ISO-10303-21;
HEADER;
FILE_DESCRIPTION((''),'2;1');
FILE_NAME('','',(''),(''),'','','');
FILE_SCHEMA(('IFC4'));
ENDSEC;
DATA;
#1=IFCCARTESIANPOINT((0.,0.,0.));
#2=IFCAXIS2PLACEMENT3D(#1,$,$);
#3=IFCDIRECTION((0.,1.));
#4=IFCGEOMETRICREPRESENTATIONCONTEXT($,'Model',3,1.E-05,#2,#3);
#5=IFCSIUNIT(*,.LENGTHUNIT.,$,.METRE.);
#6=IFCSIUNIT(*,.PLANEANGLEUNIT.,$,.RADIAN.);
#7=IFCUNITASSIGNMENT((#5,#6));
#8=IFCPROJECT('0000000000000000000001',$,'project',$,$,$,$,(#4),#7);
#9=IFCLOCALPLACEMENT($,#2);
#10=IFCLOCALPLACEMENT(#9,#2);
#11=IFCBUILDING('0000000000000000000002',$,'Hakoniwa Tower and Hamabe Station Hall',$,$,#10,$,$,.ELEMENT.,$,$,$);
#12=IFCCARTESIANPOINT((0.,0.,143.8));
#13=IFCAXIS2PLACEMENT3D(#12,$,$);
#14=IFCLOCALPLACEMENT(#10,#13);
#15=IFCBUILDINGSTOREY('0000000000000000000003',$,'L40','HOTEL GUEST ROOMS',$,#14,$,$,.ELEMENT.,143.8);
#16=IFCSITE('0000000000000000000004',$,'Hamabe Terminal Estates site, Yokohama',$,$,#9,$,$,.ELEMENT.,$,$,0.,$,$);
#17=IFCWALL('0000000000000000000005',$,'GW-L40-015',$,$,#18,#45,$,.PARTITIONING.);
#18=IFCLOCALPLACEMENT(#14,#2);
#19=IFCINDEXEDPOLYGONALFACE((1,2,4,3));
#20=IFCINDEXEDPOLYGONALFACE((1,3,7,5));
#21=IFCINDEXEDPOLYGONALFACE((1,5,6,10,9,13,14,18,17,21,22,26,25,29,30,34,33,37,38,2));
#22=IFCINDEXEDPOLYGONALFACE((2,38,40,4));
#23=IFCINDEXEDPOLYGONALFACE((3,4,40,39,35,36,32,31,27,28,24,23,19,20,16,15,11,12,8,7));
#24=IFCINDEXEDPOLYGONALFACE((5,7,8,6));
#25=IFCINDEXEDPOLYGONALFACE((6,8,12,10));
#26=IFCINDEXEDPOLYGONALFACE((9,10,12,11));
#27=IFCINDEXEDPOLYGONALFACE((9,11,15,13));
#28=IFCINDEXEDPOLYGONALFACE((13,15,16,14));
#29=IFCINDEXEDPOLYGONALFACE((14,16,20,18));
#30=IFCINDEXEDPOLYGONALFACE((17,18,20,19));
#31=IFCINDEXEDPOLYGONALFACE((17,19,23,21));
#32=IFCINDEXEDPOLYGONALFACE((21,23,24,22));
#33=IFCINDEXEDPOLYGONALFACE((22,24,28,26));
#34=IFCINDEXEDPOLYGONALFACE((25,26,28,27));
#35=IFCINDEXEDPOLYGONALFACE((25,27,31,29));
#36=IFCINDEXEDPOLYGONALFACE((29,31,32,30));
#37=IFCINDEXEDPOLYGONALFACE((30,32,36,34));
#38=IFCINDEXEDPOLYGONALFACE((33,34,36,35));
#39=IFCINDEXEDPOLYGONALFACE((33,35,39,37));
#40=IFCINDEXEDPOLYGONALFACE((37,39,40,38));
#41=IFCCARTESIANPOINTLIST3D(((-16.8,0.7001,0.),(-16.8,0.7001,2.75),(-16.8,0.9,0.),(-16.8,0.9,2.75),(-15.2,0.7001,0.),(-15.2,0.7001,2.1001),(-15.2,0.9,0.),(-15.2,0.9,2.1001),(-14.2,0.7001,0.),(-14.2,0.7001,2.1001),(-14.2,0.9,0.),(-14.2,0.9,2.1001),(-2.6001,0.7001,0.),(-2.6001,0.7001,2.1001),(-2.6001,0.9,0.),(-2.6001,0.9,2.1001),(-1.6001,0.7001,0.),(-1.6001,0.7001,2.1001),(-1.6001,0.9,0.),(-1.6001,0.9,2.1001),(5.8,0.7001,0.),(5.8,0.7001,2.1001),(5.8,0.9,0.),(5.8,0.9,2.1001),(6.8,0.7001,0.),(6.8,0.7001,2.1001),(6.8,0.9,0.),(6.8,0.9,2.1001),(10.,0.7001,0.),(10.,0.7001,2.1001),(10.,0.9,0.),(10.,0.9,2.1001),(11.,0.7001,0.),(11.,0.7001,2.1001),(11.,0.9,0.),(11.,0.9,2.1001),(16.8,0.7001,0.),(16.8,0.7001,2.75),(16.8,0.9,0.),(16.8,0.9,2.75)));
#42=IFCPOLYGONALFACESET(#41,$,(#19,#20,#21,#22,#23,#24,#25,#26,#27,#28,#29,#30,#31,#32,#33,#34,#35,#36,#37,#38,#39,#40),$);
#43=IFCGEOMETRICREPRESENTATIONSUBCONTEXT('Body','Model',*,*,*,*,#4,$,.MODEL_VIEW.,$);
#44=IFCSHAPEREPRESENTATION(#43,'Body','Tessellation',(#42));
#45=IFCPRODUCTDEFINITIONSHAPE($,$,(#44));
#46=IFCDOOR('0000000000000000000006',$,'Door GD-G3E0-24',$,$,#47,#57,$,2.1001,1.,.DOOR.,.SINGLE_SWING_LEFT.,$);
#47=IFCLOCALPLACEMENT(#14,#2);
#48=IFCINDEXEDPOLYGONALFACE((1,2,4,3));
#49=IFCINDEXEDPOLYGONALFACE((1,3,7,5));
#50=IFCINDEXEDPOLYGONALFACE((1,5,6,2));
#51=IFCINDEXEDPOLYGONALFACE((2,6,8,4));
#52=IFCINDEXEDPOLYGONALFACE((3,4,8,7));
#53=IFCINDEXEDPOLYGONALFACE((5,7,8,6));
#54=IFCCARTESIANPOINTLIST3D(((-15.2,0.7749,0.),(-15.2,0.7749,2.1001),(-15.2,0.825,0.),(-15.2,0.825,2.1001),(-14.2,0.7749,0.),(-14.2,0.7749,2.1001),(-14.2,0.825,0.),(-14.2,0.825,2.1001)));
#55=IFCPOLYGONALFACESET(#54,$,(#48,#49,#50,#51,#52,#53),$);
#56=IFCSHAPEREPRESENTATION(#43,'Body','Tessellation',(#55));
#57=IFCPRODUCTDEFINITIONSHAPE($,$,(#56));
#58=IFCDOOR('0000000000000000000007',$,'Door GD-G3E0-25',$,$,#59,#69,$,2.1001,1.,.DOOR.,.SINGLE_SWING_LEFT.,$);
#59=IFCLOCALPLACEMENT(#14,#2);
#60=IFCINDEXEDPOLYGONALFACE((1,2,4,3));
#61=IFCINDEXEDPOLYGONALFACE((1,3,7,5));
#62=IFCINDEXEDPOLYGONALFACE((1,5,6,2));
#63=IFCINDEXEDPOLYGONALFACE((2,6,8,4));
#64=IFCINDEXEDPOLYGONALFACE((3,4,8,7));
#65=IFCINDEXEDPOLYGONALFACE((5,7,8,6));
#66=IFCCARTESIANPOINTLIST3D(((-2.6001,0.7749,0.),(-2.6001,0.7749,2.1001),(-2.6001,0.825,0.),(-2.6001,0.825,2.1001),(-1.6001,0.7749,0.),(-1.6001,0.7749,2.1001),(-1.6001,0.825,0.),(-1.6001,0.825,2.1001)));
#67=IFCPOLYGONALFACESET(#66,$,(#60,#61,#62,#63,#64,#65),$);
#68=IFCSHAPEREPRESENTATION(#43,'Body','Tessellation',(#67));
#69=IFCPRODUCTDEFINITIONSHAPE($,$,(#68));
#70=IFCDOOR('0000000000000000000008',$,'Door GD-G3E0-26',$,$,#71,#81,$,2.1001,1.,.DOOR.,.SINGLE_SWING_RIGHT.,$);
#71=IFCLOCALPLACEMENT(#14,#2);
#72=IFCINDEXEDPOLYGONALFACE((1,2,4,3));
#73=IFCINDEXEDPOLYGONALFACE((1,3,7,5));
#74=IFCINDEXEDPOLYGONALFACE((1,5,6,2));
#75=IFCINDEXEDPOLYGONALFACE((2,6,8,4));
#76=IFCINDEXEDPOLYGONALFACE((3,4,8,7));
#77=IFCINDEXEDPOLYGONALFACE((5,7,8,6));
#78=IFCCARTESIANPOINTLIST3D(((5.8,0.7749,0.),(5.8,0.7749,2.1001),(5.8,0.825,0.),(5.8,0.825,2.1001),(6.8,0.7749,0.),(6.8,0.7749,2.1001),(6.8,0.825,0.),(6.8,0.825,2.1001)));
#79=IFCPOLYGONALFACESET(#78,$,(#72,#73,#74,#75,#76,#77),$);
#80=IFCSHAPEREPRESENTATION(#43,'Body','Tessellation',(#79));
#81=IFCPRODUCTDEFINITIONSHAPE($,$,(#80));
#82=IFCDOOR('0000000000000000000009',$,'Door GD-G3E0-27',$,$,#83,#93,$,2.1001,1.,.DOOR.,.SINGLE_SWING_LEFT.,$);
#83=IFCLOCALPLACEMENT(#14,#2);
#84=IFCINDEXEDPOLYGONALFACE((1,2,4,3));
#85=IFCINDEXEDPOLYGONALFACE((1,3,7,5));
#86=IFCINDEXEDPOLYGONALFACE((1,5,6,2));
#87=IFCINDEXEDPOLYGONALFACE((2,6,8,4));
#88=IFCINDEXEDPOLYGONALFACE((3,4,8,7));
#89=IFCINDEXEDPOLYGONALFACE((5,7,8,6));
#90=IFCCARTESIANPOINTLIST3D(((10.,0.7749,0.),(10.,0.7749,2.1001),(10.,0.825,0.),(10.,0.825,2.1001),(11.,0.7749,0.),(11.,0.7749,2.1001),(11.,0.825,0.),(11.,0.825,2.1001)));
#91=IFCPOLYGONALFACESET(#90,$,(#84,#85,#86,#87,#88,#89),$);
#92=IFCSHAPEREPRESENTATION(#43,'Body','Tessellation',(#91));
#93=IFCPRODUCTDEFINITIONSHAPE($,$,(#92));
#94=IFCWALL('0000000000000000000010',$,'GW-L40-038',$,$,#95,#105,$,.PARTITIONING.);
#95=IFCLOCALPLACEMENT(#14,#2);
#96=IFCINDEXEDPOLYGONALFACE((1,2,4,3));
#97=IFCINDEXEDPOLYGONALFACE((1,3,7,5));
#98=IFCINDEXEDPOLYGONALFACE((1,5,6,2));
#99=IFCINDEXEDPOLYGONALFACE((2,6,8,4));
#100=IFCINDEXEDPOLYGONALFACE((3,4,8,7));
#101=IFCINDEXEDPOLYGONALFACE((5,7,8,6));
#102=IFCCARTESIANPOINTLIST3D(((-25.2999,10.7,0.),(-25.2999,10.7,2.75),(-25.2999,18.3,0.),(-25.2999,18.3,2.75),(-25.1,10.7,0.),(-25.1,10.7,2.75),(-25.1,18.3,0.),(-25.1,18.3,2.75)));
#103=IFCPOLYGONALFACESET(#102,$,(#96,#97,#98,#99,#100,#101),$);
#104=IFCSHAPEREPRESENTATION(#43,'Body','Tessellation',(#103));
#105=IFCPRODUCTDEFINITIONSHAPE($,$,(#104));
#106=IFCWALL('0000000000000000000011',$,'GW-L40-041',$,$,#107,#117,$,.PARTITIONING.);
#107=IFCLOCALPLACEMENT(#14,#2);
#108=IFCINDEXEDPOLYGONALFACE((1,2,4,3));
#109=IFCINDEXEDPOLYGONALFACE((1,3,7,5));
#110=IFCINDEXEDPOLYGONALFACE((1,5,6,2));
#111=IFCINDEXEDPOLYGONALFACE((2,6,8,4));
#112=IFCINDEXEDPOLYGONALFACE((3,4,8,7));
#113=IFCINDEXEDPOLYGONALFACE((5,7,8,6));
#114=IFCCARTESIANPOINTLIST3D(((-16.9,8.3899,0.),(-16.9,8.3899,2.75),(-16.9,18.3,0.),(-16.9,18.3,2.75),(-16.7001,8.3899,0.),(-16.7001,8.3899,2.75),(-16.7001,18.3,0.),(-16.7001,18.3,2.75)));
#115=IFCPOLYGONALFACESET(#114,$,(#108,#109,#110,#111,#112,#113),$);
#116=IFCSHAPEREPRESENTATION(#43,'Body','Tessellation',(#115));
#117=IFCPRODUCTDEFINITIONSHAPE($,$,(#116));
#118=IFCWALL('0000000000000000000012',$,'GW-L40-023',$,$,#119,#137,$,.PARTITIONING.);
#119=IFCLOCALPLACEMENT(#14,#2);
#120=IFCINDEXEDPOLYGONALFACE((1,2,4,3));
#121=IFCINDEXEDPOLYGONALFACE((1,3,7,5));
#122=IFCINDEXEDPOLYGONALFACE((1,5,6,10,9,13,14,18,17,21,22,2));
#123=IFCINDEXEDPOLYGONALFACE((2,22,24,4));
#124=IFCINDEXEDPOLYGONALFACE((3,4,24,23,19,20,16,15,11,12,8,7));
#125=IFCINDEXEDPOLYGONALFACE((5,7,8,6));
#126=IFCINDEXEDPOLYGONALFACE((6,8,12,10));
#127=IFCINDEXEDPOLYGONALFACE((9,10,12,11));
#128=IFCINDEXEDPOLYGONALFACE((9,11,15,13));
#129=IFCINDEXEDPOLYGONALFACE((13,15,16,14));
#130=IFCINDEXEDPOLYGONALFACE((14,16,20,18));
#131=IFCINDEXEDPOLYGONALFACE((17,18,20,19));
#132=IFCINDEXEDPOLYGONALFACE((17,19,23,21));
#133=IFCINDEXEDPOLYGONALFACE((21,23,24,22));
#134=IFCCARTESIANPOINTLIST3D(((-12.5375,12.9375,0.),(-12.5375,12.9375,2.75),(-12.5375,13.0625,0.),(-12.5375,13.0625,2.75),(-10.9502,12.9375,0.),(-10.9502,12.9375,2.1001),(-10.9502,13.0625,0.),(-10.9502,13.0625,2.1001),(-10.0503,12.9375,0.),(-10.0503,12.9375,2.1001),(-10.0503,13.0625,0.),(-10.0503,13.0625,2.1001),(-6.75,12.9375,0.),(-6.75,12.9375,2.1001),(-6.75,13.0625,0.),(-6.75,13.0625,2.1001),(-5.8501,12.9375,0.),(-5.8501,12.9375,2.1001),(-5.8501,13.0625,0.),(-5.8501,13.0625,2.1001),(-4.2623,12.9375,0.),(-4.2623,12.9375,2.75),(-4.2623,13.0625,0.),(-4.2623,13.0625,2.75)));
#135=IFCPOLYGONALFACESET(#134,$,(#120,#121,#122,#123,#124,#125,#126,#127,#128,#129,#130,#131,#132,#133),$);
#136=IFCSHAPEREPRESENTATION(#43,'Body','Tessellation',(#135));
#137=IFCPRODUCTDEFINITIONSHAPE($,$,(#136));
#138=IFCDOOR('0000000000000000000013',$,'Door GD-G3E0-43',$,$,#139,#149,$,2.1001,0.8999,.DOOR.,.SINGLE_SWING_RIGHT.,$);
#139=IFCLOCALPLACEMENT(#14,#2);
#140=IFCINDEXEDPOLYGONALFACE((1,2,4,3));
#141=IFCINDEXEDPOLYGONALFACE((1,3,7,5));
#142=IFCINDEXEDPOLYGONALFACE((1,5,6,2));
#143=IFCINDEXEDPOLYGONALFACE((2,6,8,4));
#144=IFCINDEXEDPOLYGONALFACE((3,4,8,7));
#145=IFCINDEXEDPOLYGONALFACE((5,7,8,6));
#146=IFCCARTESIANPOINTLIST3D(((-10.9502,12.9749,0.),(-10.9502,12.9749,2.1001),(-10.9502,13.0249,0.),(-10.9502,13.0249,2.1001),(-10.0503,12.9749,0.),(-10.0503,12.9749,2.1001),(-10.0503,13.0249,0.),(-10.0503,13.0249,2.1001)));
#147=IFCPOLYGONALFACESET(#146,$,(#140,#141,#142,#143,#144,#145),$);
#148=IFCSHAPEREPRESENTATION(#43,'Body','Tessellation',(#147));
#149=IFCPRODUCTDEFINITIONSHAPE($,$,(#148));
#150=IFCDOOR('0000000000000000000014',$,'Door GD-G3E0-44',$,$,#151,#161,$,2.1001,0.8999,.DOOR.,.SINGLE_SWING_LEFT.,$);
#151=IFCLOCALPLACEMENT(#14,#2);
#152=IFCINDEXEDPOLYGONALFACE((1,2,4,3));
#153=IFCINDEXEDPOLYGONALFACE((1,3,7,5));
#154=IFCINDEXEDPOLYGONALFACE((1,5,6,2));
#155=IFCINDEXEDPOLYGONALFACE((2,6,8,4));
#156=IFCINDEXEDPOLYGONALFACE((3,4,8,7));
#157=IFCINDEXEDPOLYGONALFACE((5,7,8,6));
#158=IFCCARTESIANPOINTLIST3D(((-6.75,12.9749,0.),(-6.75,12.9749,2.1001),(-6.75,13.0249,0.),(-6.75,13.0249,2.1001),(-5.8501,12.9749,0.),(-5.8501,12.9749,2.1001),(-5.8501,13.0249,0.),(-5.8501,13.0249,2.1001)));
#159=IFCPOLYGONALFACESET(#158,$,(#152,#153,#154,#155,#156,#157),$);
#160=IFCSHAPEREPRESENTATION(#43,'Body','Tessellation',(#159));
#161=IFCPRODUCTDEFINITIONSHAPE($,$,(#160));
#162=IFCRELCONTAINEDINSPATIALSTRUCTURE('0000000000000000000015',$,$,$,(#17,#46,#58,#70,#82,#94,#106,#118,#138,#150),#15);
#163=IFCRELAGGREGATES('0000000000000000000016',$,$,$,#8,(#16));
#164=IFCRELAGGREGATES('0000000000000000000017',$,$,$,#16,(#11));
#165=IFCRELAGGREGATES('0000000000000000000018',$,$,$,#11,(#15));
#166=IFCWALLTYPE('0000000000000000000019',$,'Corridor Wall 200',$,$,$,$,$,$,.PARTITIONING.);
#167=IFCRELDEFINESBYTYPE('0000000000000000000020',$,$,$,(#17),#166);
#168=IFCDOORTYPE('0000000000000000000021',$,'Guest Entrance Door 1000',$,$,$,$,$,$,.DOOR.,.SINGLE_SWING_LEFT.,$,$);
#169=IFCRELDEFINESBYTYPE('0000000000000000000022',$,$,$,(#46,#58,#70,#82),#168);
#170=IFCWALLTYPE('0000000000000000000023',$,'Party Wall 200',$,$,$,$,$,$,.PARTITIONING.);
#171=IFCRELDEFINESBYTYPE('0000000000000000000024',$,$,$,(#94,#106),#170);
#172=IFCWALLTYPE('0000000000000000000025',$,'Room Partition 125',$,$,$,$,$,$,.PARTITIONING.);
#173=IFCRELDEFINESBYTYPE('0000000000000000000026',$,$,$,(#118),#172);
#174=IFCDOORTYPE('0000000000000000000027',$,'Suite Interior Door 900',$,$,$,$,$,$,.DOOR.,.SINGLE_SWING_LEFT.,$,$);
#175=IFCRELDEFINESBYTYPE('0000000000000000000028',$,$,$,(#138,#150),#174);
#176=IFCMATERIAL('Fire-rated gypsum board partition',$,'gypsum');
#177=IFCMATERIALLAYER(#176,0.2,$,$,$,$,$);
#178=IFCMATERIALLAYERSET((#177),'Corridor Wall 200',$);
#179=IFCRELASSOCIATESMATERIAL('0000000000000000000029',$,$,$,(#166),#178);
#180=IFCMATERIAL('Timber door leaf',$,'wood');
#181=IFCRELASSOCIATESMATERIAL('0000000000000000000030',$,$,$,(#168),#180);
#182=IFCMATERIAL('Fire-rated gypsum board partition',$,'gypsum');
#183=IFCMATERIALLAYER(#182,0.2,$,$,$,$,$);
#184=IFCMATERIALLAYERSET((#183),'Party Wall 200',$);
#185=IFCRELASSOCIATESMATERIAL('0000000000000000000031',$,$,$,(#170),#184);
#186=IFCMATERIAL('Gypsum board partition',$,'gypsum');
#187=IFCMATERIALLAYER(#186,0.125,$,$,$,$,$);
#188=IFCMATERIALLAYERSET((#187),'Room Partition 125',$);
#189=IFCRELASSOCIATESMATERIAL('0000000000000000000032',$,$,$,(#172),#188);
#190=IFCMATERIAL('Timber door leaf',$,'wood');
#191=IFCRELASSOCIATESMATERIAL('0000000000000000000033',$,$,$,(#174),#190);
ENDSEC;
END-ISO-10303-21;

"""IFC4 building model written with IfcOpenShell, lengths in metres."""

from ifc_helpers import new_model, si_unit, direction, frame, frame_2d, origin, place, context, subcontext, project, spatial, rectangle, extrude, material, layer, layer_set, type_object, element, fill, save


model = new_model("IFC4")

# Units and contexts
model_context = context("Model", 3, precision=1e-05, world=origin(), true_north=direction((0.0, 1.0)))
body_context = subcontext(model_context, "Body", "Model", "MODEL_VIEW")
ifc_project = project(units=[si_unit("LENGTHUNIT", "METRE"), si_unit("PLANEANGLEUNIT", "RADIAN")], contexts=[model_context])

# Site, building, storey
site_placement = place(None, origin())
site = spatial("IfcSite", under=ifc_project, at=site_placement, Name="Hamabe Terminal Estates site, Yokohama", CompositionType="ELEMENT", RefElevation=0.0)
building_placement = place(site_placement, origin())
building = spatial("IfcBuilding", under=site, at=building_placement, Name="Hakoniwa Tower and Hamabe Station Hall", CompositionType="ELEMENT")
storey_placement = place(building_placement, frame((0.0, 0.0, 143.8)))
storey = spatial("IfcBuildingStorey", under=building, at=storey_placement, Name="L40", Description="HOTEL GUEST ROOMS", CompositionType="ELEMENT", Elevation=143.8)

# Wall, openings, doors
ifc_material_1 = material(Name="Fire-rated gypsum board partition", Category="gypsum")
ifc_layer_1 = layer(ifc_material_1, 0.2)
ifc_layer_set_1 = layer_set([ifc_layer_1], Name="Corridor Wall 200")
wall_type_1 = type_object("IfcWallType", Name="Corridor Wall 200", PredefinedType="PARTITIONING", material=ifc_layer_set_1)
wall_1_placement = place(storey_placement, frame((-16.8, 0.8, 0.0), z_axis=(0.0, 0.0, 1.0), x_axis=(1.0, 0.0, 0.0)))
wall_1 = element("IfcWall", 1, at=wall_1_placement, inside=storey, type_object=wall_type_1, Name="GW-L40-015", PredefinedType="PARTITIONING", context=body_context, shape_type="SweptSolid", body=[
    extrude(rectangle(XDim=33.6001, YDim=0.2, at=frame_2d((16.8, 0.0))), origin(), (0.0, 0.0, 1.0), 2.75),
])
opening_1_placement = place(wall_1_placement, frame((1.6001, 0.0, 0.0)))
opening_1 = element("IfcOpeningElement", 2, at=opening_1_placement, cuts=wall_1, PredefinedType="OPENING", context=body_context, shape_type="SweptSolid", body=[
    extrude(rectangle(XDim=1.0, YDim=2.1001, at=frame_2d((0.5, 1.05))), frame((0.0, 0.1099, 0.0), z_axis=(0.0, -1.0, 0.0), x_axis=(1.0, 0.0, 0.0)), (0.0, 0.0, 1.0), 0.22),
])
opening_2_placement = place(wall_1_placement, frame((14.2, 0.0, 0.0)))
opening_2 = element("IfcOpeningElement", 3, at=opening_2_placement, cuts=wall_1, PredefinedType="OPENING", context=body_context, shape_type="SweptSolid", body=[
    extrude(rectangle(XDim=1.0, YDim=2.1001, at=frame_2d((0.5, 1.05))), frame((0.0, 0.1099, 0.0), z_axis=(0.0, -1.0, 0.0), x_axis=(1.0, 0.0, 0.0)), (0.0, 0.0, 1.0), 0.22),
])
opening_3_placement = place(wall_1_placement, frame((22.6001, 0.0, 0.0)))
opening_3 = element("IfcOpeningElement", 4, at=opening_3_placement, cuts=wall_1, PredefinedType="OPENING", context=body_context, shape_type="SweptSolid", body=[
    extrude(rectangle(XDim=1.0, YDim=2.1001, at=frame_2d((0.5, 1.05))), frame((0.0, 0.1099, 0.0), z_axis=(0.0, -1.0, 0.0), x_axis=(1.0, 0.0, 0.0)), (0.0, 0.0, 1.0), 0.22),
])
opening_4_placement = place(wall_1_placement, frame((26.8, 0.0, 0.0)))
opening_4 = element("IfcOpeningElement", 5, at=opening_4_placement, cuts=wall_1, PredefinedType="OPENING", context=body_context, shape_type="SweptSolid", body=[
    extrude(rectangle(XDim=1.0, YDim=2.1001, at=frame_2d((0.5, 1.05))), frame((0.0, 0.1099, 0.0), z_axis=(0.0, -1.0, 0.0), x_axis=(1.0, 0.0, 0.0)), (0.0, 0.0, 1.0), 0.22),
])
ifc_material_2 = material(Name="Timber door leaf", Category="wood")
door_type_1 = type_object("IfcDoorType", Name="Guest Entrance Door 1000", OperationType="SINGLE_SWING_LEFT", PredefinedType="DOOR", material=ifc_material_2)
door_1_placement = place(opening_1_placement, origin())
door_1 = element("IfcDoor", 6, at=door_1_placement, inside=storey, type_object=door_type_1, Name="Door GD-G3E0-24", OperationType="SINGLE_SWING_LEFT", OverallHeight=2.1001, OverallWidth=1.0, PredefinedType="DOOR", context=body_context, shape_type="SweptSolid", body=[
    extrude(rectangle(XDim=1.0, YDim=2.1001, at=frame_2d((0.5, 1.05))), frame((0.0, 0.0249, 0.0), z_axis=(0.0, -1.0, 0.0), x_axis=(1.0, 0.0, 0.0)), (0.0, 0.0, 1.0), 0.05),
])
fill(opening_1, door_1)
door_2_placement = place(opening_2_placement, origin())
door_2 = element("IfcDoor", 7, at=door_2_placement, inside=storey, type_object=door_type_1, Name="Door GD-G3E0-25", OperationType="SINGLE_SWING_LEFT", OverallHeight=2.1001, OverallWidth=1.0, PredefinedType="DOOR", context=body_context, shape_type="SweptSolid", body=[
    extrude(rectangle(XDim=1.0, YDim=2.1001, at=frame_2d((0.5, 1.05))), frame((0.0, 0.0249, 0.0), z_axis=(0.0, -1.0, 0.0), x_axis=(1.0, 0.0, 0.0)), (0.0, 0.0, 1.0), 0.05),
])
fill(opening_2, door_2)
door_3_placement = place(opening_3_placement, origin())
door_3 = element("IfcDoor", 8, at=door_3_placement, inside=storey, type_object=door_type_1, Name="Door GD-G3E0-26", OperationType="SINGLE_SWING_RIGHT", OverallHeight=2.1001, OverallWidth=1.0, PredefinedType="DOOR", context=body_context, shape_type="SweptSolid", body=[
    extrude(rectangle(XDim=1.0, YDim=2.1001, at=frame_2d((0.5, 1.05))), frame((0.0, 0.0249, 0.0), z_axis=(0.0, -1.0, 0.0), x_axis=(1.0, 0.0, 0.0)), (0.0, 0.0, 1.0), 0.05),
])
fill(opening_3, door_3)
door_4_placement = place(opening_4_placement, origin())
door_4 = element("IfcDoor", 9, at=door_4_placement, inside=storey, type_object=door_type_1, Name="Door GD-G3E0-27", OperationType="SINGLE_SWING_LEFT", OverallHeight=2.1001, OverallWidth=1.0, PredefinedType="DOOR", context=body_context, shape_type="SweptSolid", body=[
    extrude(rectangle(XDim=1.0, YDim=2.1001, at=frame_2d((0.5, 1.05))), frame((0.0, 0.0249, 0.0), z_axis=(0.0, -1.0, 0.0), x_axis=(1.0, 0.0, 0.0)), (0.0, 0.0, 1.0), 0.05),
])
fill(opening_4, door_4)

# Walls
ifc_material_3 = material(Name="Fire-rated gypsum board partition", Category="gypsum")
ifc_layer_2 = layer(ifc_material_3, 0.2)
ifc_layer_set_2 = layer_set([ifc_layer_2], Name="Party Wall 200")
wall_type_2 = type_object("IfcWallType", Name="Party Wall 200", PredefinedType="PARTITIONING", material=ifc_layer_set_2)
wall_2_placement = place(storey_placement, frame((-25.2, 10.7, 0.0), z_axis=(0.0, 0.0, 1.0), x_axis=(0.0, 1.0, 0.0)))
element("IfcWall", 10, at=wall_2_placement, inside=storey, type_object=wall_type_2, Name="GW-L40-038", PredefinedType="PARTITIONING", context=body_context, shape_type="SweptSolid", body=[
    extrude(rectangle(XDim=7.6001, YDim=0.2, at=frame_2d((3.8, 0.0))), origin(), (0.0, 0.0, 1.0), 2.75),
])
wall_3_placement = place(storey_placement, frame((-16.8, 8.3899, 0.0), z_axis=(0.0, 0.0, 1.0), x_axis=(0.0, 1.0, 0.0)))
element("IfcWall", 11, at=wall_3_placement, inside=storey, type_object=wall_type_2, Name="GW-L40-041", PredefinedType="PARTITIONING", context=body_context, shape_type="SweptSolid", body=[
    extrude(rectangle(XDim=9.9102, YDim=0.2, at=frame_2d((4.9551, 0.0))), origin(), (0.0, 0.0, 1.0), 2.75),
])

# Wall, openings, doors
ifc_material_4 = material(Name="Gypsum board partition", Category="gypsum")
ifc_layer_3 = layer(ifc_material_4, 0.125)
ifc_layer_set_3 = layer_set([ifc_layer_3], Name="Room Partition 125")
wall_type_3 = type_object("IfcWallType", Name="Room Partition 125", PredefinedType="PARTITIONING", material=ifc_layer_set_3)
wall_4_placement = place(storey_placement, frame((-12.5376, 13.0, 0.0), z_axis=(0.0, 0.0, 1.0), x_axis=(1.0, 0.0, 0.0)))
wall_4 = element("IfcWall", 12, at=wall_4_placement, inside=storey, type_object=wall_type_3, Name="GW-L40-023", PredefinedType="PARTITIONING", context=body_context, shape_type="SweptSolid", body=[
    extrude(rectangle(XDim=8.2751, YDim=0.125, at=frame_2d((4.1377, 0.0))), origin(), (0.0, 0.0, 1.0), 2.75),
])
opening_5_placement = place(wall_4_placement, frame((1.5874, 0.0, 0.0)))
opening_5 = element("IfcOpeningElement", 13, at=opening_5_placement, cuts=wall_4, PredefinedType="OPENING", context=body_context, shape_type="SweptSolid", body=[
    extrude(rectangle(XDim=0.8999, YDim=2.1001, at=frame_2d((0.45, 1.05))), frame((0.0, 0.0725, 0.0), z_axis=(0.0, -1.0, 0.0), x_axis=(1.0, 0.0, 0.0)), (0.0, 0.0, 1.0), 0.145),
])
opening_6_placement = place(wall_4_placement, frame((5.7876, 0.0, 0.0)))
opening_6 = element("IfcOpeningElement", 14, at=opening_6_placement, cuts=wall_4, PredefinedType="OPENING", context=body_context, shape_type="SweptSolid", body=[
    extrude(rectangle(XDim=0.8999, YDim=2.1001, at=frame_2d((0.45, 1.05))), frame((0.0, 0.0725, 0.0), z_axis=(0.0, -1.0, 0.0), x_axis=(1.0, 0.0, 0.0)), (0.0, 0.0, 1.0), 0.145),
])
ifc_material_5 = material(Name="Timber door leaf", Category="wood")
door_type_2 = type_object("IfcDoorType", Name="Suite Interior Door 900", OperationType="SINGLE_SWING_LEFT", PredefinedType="DOOR", material=ifc_material_5)
door_5_placement = place(opening_5_placement, origin())
door_5 = element("IfcDoor", 15, at=door_5_placement, inside=storey, type_object=door_type_2, Name="Door GD-G3E0-43", OperationType="SINGLE_SWING_RIGHT", OverallHeight=2.1001, OverallWidth=0.8999, PredefinedType="DOOR", context=body_context, shape_type="SweptSolid", body=[
    extrude(rectangle(XDim=0.8999, YDim=2.1001, at=frame_2d((0.45, 1.05))), frame((0.0, 0.0249, 0.0), z_axis=(0.0, -1.0, 0.0), x_axis=(1.0, 0.0, 0.0)), (0.0, 0.0, 1.0), 0.05),
])
fill(opening_5, door_5)
door_6_placement = place(opening_6_placement, origin())
door_6 = element("IfcDoor", 16, at=door_6_placement, inside=storey, type_object=door_type_2, Name="Door GD-G3E0-44", OperationType="SINGLE_SWING_LEFT", OverallHeight=2.1001, OverallWidth=0.8999, PredefinedType="DOOR", context=body_context, shape_type="SweptSolid", body=[
    extrude(rectangle(XDim=0.8999, YDim=2.1001, at=frame_2d((0.45, 1.05))), frame((0.0, 0.0249, 0.0), z_axis=(0.0, -1.0, 0.0), x_axis=(1.0, 0.0, 0.0)), (0.0, 0.0, 1.0), 0.05),
])
fill(opening_6, door_6)

save(model, "model.ifc")
